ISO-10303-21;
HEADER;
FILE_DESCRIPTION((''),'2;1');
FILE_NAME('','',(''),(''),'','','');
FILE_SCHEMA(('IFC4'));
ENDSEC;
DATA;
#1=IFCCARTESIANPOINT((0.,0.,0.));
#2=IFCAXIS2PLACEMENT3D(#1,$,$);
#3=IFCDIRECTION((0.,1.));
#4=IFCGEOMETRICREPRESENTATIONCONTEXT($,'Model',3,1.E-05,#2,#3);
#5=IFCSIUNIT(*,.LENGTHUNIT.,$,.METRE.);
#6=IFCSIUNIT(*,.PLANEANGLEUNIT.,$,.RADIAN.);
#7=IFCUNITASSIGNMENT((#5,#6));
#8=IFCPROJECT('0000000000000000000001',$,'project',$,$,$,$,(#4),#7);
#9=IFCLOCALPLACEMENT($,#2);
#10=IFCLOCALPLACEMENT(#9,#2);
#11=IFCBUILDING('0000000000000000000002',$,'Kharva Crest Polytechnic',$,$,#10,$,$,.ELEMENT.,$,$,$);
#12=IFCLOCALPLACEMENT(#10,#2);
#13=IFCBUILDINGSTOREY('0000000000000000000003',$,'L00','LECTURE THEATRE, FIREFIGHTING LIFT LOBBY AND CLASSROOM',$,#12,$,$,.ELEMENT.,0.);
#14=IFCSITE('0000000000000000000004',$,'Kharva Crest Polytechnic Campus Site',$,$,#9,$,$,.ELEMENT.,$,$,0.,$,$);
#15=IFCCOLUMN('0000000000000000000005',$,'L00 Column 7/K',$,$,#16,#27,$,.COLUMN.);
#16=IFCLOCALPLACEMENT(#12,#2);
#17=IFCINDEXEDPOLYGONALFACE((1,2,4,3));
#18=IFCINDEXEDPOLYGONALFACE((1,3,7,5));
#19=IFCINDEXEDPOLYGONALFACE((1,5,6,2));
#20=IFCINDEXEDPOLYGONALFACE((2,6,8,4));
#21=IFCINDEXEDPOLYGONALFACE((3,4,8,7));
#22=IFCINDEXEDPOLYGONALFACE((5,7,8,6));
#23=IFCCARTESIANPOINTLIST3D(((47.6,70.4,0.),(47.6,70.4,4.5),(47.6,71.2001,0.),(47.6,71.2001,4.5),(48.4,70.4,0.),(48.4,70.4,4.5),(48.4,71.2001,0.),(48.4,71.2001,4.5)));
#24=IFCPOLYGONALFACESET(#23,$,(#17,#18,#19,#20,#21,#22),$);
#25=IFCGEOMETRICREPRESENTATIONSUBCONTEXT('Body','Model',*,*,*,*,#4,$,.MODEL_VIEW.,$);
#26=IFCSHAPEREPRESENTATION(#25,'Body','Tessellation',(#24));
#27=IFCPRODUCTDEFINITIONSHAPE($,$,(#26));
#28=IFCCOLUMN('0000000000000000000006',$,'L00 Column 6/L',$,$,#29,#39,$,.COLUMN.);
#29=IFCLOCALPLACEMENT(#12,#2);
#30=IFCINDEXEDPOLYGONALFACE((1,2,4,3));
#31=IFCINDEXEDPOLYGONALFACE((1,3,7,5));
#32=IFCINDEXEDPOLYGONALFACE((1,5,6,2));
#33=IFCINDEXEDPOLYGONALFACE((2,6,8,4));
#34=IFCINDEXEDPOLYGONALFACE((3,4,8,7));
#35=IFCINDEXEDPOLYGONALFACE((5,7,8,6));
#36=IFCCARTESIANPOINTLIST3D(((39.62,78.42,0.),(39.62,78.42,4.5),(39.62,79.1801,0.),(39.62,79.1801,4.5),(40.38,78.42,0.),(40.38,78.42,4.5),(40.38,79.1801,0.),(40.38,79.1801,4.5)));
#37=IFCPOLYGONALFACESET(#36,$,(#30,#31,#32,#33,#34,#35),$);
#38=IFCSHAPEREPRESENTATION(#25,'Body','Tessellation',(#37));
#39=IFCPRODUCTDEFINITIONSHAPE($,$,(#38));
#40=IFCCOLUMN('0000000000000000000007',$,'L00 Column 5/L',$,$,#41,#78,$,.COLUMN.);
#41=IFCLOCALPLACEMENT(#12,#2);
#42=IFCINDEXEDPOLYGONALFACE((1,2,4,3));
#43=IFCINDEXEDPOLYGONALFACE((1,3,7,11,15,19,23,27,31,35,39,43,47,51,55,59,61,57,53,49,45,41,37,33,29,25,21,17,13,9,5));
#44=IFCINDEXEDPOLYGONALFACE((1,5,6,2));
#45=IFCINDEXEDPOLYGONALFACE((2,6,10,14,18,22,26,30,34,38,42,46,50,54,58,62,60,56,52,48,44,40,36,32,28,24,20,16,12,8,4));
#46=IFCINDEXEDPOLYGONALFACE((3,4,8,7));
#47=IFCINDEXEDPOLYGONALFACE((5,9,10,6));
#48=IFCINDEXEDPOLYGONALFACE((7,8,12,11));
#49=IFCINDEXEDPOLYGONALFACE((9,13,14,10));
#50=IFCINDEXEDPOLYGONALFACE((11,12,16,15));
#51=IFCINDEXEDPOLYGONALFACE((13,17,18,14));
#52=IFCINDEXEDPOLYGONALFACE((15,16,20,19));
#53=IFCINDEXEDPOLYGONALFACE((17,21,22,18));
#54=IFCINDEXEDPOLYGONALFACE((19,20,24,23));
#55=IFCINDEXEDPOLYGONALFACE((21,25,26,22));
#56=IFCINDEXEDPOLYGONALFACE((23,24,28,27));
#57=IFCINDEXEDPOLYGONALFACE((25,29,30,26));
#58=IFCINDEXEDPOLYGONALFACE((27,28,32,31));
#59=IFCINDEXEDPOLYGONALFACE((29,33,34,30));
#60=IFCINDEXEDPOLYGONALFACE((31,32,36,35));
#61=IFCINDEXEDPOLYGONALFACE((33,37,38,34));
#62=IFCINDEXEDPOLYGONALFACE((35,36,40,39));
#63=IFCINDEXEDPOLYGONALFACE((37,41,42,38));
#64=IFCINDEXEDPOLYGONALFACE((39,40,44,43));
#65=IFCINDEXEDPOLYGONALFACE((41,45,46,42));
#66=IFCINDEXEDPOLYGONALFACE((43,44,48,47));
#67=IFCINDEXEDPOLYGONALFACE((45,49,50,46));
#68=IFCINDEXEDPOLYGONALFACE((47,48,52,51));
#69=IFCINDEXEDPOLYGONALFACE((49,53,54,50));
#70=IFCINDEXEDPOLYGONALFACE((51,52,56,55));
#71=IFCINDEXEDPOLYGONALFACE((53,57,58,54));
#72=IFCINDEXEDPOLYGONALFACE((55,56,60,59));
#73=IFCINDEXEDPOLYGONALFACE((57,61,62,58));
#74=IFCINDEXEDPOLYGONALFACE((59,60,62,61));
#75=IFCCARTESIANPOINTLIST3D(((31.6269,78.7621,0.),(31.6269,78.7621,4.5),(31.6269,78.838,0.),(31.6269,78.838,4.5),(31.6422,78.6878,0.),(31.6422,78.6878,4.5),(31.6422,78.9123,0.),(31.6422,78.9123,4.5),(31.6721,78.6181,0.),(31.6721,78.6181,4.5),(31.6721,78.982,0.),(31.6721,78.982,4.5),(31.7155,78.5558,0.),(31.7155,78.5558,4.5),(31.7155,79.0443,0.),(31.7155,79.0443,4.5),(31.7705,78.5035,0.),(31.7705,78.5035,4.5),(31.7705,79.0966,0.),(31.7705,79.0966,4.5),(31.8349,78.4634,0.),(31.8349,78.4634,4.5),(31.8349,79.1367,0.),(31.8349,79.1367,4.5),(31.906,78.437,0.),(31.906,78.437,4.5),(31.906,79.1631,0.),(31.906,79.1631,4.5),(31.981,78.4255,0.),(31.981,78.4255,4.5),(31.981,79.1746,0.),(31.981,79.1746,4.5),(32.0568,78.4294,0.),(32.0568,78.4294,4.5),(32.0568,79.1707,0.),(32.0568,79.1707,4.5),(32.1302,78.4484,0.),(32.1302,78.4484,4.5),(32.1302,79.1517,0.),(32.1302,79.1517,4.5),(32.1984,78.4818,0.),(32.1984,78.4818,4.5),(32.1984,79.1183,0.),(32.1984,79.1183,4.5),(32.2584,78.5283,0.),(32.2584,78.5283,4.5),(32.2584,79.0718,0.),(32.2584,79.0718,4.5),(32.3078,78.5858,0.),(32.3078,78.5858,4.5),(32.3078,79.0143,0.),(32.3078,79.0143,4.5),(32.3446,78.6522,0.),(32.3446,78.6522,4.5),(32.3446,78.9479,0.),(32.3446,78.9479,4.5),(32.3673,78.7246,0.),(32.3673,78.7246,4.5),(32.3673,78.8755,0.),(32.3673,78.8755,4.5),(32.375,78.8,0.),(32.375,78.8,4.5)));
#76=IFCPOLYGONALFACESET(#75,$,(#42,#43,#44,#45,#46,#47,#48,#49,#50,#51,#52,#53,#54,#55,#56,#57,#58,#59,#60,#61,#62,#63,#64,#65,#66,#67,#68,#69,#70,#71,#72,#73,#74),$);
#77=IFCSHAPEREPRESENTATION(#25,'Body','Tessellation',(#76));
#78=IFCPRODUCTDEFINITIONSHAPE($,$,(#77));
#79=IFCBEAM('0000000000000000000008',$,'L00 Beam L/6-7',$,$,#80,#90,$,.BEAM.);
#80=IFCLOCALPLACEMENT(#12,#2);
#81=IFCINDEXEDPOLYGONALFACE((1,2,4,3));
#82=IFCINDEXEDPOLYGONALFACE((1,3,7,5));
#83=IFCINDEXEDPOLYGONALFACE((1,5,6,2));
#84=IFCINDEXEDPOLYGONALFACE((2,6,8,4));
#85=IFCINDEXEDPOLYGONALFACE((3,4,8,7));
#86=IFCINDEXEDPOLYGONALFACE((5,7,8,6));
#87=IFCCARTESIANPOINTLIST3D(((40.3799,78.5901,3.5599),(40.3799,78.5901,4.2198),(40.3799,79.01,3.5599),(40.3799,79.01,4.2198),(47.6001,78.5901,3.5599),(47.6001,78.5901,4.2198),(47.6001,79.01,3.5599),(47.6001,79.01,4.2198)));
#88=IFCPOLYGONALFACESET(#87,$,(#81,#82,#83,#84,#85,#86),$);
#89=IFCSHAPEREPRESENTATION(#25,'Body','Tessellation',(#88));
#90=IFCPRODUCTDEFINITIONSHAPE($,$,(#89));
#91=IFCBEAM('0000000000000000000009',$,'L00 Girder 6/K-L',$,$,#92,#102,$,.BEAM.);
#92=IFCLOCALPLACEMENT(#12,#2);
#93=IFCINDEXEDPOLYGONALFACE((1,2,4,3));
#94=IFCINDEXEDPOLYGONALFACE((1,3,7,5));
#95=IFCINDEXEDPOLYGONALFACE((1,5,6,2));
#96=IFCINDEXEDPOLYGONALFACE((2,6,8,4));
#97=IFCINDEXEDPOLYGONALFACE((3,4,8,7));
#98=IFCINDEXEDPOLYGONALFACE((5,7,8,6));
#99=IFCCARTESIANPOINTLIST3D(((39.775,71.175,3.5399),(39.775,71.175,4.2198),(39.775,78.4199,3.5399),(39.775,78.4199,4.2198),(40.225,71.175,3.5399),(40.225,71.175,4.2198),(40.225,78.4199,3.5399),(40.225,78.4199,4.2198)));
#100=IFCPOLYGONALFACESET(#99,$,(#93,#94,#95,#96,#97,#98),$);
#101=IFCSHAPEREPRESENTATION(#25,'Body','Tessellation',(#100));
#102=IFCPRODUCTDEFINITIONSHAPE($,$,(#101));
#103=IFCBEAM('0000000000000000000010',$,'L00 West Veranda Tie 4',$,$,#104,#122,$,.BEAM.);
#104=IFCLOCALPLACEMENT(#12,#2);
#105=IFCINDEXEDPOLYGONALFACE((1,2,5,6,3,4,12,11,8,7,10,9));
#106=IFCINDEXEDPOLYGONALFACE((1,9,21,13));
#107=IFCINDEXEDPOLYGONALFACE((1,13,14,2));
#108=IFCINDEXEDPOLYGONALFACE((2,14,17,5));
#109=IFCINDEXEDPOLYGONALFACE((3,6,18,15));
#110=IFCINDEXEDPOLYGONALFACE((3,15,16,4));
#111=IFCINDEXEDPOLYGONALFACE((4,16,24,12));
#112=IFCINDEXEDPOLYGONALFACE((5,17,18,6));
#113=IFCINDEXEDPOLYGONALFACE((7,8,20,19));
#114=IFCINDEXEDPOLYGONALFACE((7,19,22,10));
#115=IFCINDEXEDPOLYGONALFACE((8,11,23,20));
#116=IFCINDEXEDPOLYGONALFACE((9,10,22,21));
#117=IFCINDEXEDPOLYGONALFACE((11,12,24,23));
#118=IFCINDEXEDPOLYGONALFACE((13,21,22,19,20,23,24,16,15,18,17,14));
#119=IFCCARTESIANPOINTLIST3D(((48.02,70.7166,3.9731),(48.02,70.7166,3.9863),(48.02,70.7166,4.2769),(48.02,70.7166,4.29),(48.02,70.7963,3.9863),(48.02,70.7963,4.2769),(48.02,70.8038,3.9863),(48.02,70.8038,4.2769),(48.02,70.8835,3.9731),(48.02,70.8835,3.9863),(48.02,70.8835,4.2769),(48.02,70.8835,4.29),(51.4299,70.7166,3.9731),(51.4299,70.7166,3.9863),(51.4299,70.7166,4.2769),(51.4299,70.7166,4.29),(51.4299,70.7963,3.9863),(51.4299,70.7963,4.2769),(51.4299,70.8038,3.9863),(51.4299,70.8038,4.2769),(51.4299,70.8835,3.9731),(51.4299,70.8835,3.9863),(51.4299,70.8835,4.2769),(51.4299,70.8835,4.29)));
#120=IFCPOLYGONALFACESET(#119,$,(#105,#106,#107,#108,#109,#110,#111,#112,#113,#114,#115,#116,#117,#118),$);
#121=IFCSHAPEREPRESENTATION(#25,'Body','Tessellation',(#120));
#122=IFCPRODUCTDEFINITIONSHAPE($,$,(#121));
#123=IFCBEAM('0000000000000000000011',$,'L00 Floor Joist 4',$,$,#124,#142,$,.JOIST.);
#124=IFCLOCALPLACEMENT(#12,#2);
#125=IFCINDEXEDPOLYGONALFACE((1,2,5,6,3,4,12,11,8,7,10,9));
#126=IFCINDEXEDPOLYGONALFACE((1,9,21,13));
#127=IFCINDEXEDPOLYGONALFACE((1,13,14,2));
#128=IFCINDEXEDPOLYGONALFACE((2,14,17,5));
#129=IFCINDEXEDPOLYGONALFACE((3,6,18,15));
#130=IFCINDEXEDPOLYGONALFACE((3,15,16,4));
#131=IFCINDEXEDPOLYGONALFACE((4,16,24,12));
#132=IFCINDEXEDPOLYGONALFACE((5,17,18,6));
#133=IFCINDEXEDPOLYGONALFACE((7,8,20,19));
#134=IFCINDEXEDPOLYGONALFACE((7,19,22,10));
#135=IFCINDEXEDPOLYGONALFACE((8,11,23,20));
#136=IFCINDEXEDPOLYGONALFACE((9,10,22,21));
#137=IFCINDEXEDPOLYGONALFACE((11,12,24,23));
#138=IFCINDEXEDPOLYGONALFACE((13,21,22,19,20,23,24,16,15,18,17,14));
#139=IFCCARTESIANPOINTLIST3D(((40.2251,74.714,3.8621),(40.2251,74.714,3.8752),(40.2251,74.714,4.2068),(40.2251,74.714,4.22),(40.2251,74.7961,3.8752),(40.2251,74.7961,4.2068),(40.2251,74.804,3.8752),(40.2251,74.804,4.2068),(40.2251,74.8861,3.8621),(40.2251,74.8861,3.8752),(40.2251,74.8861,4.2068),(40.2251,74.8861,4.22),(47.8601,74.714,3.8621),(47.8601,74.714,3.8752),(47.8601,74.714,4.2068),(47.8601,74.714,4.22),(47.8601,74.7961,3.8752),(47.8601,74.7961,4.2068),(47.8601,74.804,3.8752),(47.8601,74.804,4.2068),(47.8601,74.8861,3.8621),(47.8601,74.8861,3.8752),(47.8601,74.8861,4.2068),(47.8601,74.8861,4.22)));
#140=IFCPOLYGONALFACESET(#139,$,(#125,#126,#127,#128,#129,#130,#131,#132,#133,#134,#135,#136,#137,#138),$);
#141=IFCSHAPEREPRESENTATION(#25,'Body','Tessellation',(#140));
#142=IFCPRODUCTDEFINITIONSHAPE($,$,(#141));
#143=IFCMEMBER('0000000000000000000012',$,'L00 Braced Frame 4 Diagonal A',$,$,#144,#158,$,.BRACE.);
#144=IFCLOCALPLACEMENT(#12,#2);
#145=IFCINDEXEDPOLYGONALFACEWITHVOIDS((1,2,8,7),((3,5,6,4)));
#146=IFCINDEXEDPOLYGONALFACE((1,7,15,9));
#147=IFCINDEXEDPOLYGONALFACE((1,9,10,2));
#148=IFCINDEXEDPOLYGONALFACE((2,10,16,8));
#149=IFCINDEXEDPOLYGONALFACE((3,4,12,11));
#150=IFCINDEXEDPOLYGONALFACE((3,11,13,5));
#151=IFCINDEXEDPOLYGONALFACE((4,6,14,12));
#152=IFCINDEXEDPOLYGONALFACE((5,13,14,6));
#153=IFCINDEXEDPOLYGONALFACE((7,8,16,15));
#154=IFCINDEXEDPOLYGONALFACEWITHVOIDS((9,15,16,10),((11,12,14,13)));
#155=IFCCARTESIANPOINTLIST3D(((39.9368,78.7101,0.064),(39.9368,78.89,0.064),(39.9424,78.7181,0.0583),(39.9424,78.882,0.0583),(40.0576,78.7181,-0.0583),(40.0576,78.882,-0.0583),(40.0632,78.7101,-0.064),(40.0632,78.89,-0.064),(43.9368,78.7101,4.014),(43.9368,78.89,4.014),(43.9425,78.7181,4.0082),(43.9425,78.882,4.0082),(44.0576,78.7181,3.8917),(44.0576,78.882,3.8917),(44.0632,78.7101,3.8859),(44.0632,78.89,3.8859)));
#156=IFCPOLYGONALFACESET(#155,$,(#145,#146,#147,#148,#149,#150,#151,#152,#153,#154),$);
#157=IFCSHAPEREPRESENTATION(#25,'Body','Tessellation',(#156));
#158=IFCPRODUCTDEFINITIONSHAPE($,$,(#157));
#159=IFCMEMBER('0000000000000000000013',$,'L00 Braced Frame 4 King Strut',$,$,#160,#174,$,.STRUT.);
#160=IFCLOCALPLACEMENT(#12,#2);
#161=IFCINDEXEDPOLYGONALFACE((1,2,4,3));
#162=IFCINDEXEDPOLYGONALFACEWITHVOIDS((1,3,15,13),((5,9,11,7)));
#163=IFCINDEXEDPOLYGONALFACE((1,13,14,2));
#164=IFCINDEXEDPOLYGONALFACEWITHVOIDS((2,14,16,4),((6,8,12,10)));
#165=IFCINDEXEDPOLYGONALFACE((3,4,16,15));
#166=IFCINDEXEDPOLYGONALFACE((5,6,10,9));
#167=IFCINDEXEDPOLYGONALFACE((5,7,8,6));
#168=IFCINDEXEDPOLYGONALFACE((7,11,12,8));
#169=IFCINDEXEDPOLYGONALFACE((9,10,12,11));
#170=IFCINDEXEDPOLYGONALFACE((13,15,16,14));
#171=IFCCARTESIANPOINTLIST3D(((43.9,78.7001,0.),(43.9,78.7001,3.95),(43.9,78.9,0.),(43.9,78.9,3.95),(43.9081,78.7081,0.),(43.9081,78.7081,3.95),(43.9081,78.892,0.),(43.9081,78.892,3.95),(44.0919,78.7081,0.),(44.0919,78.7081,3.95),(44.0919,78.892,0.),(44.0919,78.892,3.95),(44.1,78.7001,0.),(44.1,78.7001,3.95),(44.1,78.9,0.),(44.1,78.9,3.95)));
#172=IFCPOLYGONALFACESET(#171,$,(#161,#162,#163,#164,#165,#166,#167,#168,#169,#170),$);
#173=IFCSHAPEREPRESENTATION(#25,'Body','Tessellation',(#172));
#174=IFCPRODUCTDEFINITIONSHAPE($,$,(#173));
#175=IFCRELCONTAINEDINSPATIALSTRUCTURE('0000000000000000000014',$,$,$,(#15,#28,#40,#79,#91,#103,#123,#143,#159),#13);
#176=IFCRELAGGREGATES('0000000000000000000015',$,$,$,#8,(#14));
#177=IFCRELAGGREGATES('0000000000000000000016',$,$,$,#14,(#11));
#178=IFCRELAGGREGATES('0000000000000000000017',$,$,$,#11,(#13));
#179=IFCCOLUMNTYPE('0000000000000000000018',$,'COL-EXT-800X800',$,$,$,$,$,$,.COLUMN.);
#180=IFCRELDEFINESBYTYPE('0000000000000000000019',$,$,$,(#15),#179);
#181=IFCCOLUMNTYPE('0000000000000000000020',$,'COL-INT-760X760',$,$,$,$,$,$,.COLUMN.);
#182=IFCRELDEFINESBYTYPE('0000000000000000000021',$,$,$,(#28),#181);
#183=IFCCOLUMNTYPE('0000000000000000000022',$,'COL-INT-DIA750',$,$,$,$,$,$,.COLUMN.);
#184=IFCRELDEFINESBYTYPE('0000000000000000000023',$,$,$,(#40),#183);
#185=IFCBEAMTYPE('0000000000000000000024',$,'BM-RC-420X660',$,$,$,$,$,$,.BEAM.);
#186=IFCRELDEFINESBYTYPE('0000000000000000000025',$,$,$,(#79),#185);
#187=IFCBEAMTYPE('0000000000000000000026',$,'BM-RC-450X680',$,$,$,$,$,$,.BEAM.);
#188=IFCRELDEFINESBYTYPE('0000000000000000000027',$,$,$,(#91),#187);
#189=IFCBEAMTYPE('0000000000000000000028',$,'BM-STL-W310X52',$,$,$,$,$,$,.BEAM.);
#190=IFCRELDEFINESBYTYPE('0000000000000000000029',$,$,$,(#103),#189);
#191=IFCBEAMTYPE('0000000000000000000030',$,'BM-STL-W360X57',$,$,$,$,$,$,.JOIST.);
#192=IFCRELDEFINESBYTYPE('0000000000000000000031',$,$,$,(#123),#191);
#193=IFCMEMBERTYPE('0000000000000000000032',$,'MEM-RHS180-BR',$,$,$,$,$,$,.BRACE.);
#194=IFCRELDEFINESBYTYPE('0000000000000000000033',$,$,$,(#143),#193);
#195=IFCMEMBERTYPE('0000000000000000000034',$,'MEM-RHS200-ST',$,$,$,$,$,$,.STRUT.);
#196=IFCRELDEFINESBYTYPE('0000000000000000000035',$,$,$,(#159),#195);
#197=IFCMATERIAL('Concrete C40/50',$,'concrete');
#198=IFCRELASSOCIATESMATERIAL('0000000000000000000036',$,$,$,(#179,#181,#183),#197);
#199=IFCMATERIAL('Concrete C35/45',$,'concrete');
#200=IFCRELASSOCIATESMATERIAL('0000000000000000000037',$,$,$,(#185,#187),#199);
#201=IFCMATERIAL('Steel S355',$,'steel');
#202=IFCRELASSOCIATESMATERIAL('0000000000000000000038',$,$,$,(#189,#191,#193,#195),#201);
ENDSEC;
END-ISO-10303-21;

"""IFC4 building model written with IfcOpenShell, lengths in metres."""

from ifc_helpers import new_model, si_unit, direction, frame, origin, origin_2d, place, context, subcontext, project, spatial, rectangle, hollow_rectangle, circle, i_section, extrude, material, material_profile, profile_set, type_object, element, save


model = new_model("IFC4")

# Units and contexts
model_context = context("Model", 3, precision=1e-05, world=origin(), true_north=direction((0.0, 1.0)))
body_context = subcontext(model_context, "Body", "Model", "MODEL_VIEW")
ifc_project = project(units=[si_unit("LENGTHUNIT", "METRE"), si_unit("PLANEANGLEUNIT", "RADIAN")], contexts=[model_context])

# Site, building, storey
site_placement = place(None, origin())
site = spatial("IfcSite", under=ifc_project, at=site_placement, Name="Kharva Crest Polytechnic Campus Site", CompositionType="ELEMENT", RefElevation=0.0)
building_placement = place(site_placement, origin())
building = spatial("IfcBuilding", under=site, at=building_placement, Name="Kharva Crest Polytechnic", CompositionType="ELEMENT")
storey_placement = place(building_placement, origin())
storey = spatial("IfcBuildingStorey", under=building, at=storey_placement, Name="L00", Description="LECTURE THEATRE, FIREFIGHTING LIFT LOBBY AND CLASSROOM", CompositionType="ELEMENT", Elevation=0.0)

# Shared definitions
ifc_material_1 = material(Name="Concrete C35/45", Category="concrete")

# Columns
ifc_material_2 = material(Name="Concrete C40/50", Category="concrete")
ifc_material_profile_1 = material_profile(ifc_material_2, rectangle(XDim=0.8, YDim=0.8, at=origin_2d()), Name="RECT 800 X 800")
ifc_profile_set_1 = profile_set([ifc_material_profile_1], Name="Concrete C40/50")
column_type_1 = type_object("IfcColumnType", Name="COL-EXT-800X800", PredefinedType="COLUMN", material=ifc_profile_set_1)
column_1_placement = place(storey_placement, frame((48.0, 70.8, 0.0), z_axis=(0.0, 0.0, 1.0), x_axis=(1.0, 0.0, 0.0)))
element("IfcColumn", 1, at=column_1_placement, inside=storey, type_object=column_type_1, Name="L00 Column 7/K", PredefinedType="COLUMN", context=body_context, shape_type="SweptSolid", body=[
    extrude(rectangle(XDim=0.8, YDim=0.8, at=origin_2d()), origin(), (0.0, 0.0, 1.0), 4.5),
])
ifc_material_profile_2 = material_profile(ifc_material_2, rectangle(XDim=0.76, YDim=0.76, at=origin_2d()), Name="RECT 760 X 760")
ifc_profile_set_2 = profile_set([ifc_material_profile_2], Name="Concrete C40/50")
column_type_2 = type_object("IfcColumnType", Name="COL-INT-760X760", PredefinedType="COLUMN", material=ifc_profile_set_2)
column_2_placement = place(storey_placement, frame((40.0, 78.8, 0.0), z_axis=(0.0, 0.0, 1.0), x_axis=(1.0, 0.0, 0.0)))
element("IfcColumn", 2, at=column_2_placement, inside=storey, type_object=column_type_2, Name="L00 Column 6/L", PredefinedType="COLUMN", context=body_context, shape_type="SweptSolid", body=[
    extrude(rectangle(XDim=0.76, YDim=0.76, at=origin_2d()), origin(), (0.0, 0.0, 1.0), 4.5),
])
ifc_material_profile_3 = material_profile(ifc_material_2, circle(Radius=0.375, at=origin_2d()), Name="DIA 750")
ifc_profile_set_3 = profile_set([ifc_material_profile_3], Name="Concrete C40/50")
column_type_3 = type_object("IfcColumnType", Name="COL-INT-DIA750", PredefinedType="COLUMN", material=ifc_profile_set_3)
column_3_placement = place(storey_placement, frame((32.0, 78.8, 0.0), z_axis=(0.0, 0.0, 1.0), x_axis=(1.0, 0.0, 0.0)))
element("IfcColumn", 3, at=column_3_placement, inside=storey, type_object=column_type_3, Name="L00 Column 5/L", PredefinedType="COLUMN", context=body_context, shape_type="SweptSolid", body=[
    extrude(circle(Radius=0.375, at=origin_2d()), origin(), (0.0, 0.0, 1.0), 4.5),
])

# Beams
ifc_material_profile_4 = material_profile(ifc_material_1, rectangle(XDim=0.4199, YDim=0.6599, at=origin_2d()), Name="RECT 420 X 660")
ifc_profile_set_4 = profile_set([ifc_material_profile_4], Name="Concrete C35/45")
beam_type_1 = type_object("IfcBeamType", Name="BM-RC-420X660", PredefinedType="BEAM", material=ifc_profile_set_4)
beam_1_placement = place(storey_placement, frame((40.3799, 78.8, 3.8899), z_axis=(1.0, 0.0, 0.0), x_axis=(0.0, 1.0, 0.0)))
element("IfcBeam", 4, at=beam_1_placement, inside=storey, type_object=beam_type_1, Name="L00 Beam L/6-7", PredefinedType="BEAM", context=body_context, shape_type="SweptSolid", body=[
    extrude(rectangle(XDim=0.4199, YDim=0.6599, at=origin_2d()), origin(), (0.0, 0.0, 1.0), 7.2202),
])
ifc_material_profile_5 = material_profile(ifc_material_1, rectangle(XDim=0.45, YDim=0.6799, at=origin_2d()), Name="RECT 450 X 680")
ifc_profile_set_5 = profile_set([ifc_material_profile_5], Name="Concrete C35/45")
beam_type_2 = type_object("IfcBeamType", Name="BM-RC-450X680", PredefinedType="BEAM", material=ifc_profile_set_5)
beam_2_placement = place(storey_placement, frame((40.0, 71.175, 3.8799), z_axis=(0.0, 1.0, 0.0), x_axis=(-1.0, 0.0, 0.0)))
element("IfcBeam", 5, at=beam_2_placement, inside=storey, type_object=beam_type_2, Name="L00 Girder 6/K-L", PredefinedType="BEAM", context=body_context, shape_type="SweptSolid", body=[
    extrude(rectangle(XDim=0.45, YDim=0.6799, at=origin_2d()), origin(), (0.0, 0.0, 1.0), 7.2449),
])
ifc_material_3 = material(Name="Steel S355", Category="steel")
ifc_material_profile_6 = material_profile(ifc_material_3, i_section(OverallWidth=0.167, OverallDepth=0.3169, WebThickness=0.0076, FlangeThickness=0.0132, at=origin_2d()), Name="W310X52")
ifc_profile_set_6 = profile_set([ifc_material_profile_6], Name="Steel S355")
beam_type_3 = type_object("IfcBeamType", Name="BM-STL-W310X52", PredefinedType="BEAM", material=ifc_profile_set_6)
beam_3_placement = place(storey_placement, frame((48.02, 70.8, 4.1316), z_axis=(1.0, 0.0, 0.0), x_axis=(0.0, 1.0, 0.0)))
element("IfcBeam", 6, at=beam_3_placement, inside=storey, type_object=beam_type_3, Name="L00 West Veranda Tie 4", PredefinedType="BEAM", context=body_context, shape_type="SweptSolid", body=[
    extrude(i_section(OverallWidth=0.167, OverallDepth=0.3169, WebThickness=0.0076, FlangeThickness=0.0132, at=origin_2d()), origin(), (0.0, 0.0, 1.0), 3.4099),
])
ifc_material_profile_7 = material_profile(ifc_material_3, i_section(OverallWidth=0.1721, OverallDepth=0.3579, WebThickness=0.0078, FlangeThickness=0.0132, at=origin_2d()), Name="W360X57.8")
ifc_profile_set_7 = profile_set([ifc_material_profile_7], Name="Steel S355")
beam_type_4 = type_object("IfcBeamType", Name="BM-STL-W360X57", PredefinedType="JOIST", material=ifc_profile_set_7)
beam_4_placement = place(storey_placement, frame((40.2251, 74.8, 4.041), z_axis=(1.0, 0.0, 0.0), x_axis=(0.0, 1.0, 0.0)))
element("IfcBeam", 7, at=beam_4_placement, inside=storey, type_object=beam_type_4, Name="L00 Floor Joist 4", PredefinedType="JOIST", context=body_context, shape_type="SweptSolid", body=[
    extrude(i_section(OverallWidth=0.1721, OverallDepth=0.3579, WebThickness=0.0078, FlangeThickness=0.0132, at=origin_2d()), origin(), (0.0, 0.0, 1.0), 7.635),
])

# Members
ifc_material_profile_8 = material_profile(ifc_material_3, hollow_rectangle(XDim=0.1799, YDim=0.1799, WallThickness=0.0081, at=origin_2d()), Name="RHS 180X180X8.0")
ifc_profile_set_8 = profile_set([ifc_material_profile_8], Name="Steel S355")
member_type_1 = type_object("IfcMemberType", Name="MEM-RHS180-BR", PredefinedType="BRACE", material=ifc_profile_set_8)
member_1_placement = place(storey_placement, frame((40.0, 78.8, 0.0), z_axis=(0.711544, 0.0, 0.702641), x_axis=(0.0, 1.0, 0.0)))
element("IfcMember", 8, at=member_1_placement, inside=storey, type_object=member_type_1, Name="L00 Braced Frame 4 Diagonal A", PredefinedType="BRACE", context=body_context, shape_type="SweptSolid", body=[
    extrude(hollow_rectangle(XDim=0.1799, YDim=0.1799, WallThickness=0.0081, at=origin_2d()), origin(), (0.0, 0.0, 1.0), 5.6216),
])
ifc_material_profile_9 = material_profile(ifc_material_3, hollow_rectangle(XDim=0.2, YDim=0.2, WallThickness=0.0081, at=origin_2d()), Name="RHS 200X200X8.0")
ifc_profile_set_9 = profile_set([ifc_material_profile_9], Name="Steel S355")
member_type_2 = type_object("IfcMemberType", Name="MEM-RHS200-ST", PredefinedType="STRUT", material=ifc_profile_set_9)
member_2_placement = place(storey_placement, frame((44.0, 78.8, 0.0), z_axis=(0.0, 0.0, 1.0), x_axis=(1.0, 0.0, 0.0)))
element("IfcMember", 9, at=member_2_placement, inside=storey, type_object=member_type_2, Name="L00 Braced Frame 4 King Strut", PredefinedType="STRUT", context=body_context, shape_type="SweptSolid", body=[
    extrude(hollow_rectangle(XDim=0.2, YDim=0.2, WallThickness=0.0081, at=origin_2d()), origin(), (0.0, 0.0, 1.0), 3.95),
])

save(model, "model.ifc")
